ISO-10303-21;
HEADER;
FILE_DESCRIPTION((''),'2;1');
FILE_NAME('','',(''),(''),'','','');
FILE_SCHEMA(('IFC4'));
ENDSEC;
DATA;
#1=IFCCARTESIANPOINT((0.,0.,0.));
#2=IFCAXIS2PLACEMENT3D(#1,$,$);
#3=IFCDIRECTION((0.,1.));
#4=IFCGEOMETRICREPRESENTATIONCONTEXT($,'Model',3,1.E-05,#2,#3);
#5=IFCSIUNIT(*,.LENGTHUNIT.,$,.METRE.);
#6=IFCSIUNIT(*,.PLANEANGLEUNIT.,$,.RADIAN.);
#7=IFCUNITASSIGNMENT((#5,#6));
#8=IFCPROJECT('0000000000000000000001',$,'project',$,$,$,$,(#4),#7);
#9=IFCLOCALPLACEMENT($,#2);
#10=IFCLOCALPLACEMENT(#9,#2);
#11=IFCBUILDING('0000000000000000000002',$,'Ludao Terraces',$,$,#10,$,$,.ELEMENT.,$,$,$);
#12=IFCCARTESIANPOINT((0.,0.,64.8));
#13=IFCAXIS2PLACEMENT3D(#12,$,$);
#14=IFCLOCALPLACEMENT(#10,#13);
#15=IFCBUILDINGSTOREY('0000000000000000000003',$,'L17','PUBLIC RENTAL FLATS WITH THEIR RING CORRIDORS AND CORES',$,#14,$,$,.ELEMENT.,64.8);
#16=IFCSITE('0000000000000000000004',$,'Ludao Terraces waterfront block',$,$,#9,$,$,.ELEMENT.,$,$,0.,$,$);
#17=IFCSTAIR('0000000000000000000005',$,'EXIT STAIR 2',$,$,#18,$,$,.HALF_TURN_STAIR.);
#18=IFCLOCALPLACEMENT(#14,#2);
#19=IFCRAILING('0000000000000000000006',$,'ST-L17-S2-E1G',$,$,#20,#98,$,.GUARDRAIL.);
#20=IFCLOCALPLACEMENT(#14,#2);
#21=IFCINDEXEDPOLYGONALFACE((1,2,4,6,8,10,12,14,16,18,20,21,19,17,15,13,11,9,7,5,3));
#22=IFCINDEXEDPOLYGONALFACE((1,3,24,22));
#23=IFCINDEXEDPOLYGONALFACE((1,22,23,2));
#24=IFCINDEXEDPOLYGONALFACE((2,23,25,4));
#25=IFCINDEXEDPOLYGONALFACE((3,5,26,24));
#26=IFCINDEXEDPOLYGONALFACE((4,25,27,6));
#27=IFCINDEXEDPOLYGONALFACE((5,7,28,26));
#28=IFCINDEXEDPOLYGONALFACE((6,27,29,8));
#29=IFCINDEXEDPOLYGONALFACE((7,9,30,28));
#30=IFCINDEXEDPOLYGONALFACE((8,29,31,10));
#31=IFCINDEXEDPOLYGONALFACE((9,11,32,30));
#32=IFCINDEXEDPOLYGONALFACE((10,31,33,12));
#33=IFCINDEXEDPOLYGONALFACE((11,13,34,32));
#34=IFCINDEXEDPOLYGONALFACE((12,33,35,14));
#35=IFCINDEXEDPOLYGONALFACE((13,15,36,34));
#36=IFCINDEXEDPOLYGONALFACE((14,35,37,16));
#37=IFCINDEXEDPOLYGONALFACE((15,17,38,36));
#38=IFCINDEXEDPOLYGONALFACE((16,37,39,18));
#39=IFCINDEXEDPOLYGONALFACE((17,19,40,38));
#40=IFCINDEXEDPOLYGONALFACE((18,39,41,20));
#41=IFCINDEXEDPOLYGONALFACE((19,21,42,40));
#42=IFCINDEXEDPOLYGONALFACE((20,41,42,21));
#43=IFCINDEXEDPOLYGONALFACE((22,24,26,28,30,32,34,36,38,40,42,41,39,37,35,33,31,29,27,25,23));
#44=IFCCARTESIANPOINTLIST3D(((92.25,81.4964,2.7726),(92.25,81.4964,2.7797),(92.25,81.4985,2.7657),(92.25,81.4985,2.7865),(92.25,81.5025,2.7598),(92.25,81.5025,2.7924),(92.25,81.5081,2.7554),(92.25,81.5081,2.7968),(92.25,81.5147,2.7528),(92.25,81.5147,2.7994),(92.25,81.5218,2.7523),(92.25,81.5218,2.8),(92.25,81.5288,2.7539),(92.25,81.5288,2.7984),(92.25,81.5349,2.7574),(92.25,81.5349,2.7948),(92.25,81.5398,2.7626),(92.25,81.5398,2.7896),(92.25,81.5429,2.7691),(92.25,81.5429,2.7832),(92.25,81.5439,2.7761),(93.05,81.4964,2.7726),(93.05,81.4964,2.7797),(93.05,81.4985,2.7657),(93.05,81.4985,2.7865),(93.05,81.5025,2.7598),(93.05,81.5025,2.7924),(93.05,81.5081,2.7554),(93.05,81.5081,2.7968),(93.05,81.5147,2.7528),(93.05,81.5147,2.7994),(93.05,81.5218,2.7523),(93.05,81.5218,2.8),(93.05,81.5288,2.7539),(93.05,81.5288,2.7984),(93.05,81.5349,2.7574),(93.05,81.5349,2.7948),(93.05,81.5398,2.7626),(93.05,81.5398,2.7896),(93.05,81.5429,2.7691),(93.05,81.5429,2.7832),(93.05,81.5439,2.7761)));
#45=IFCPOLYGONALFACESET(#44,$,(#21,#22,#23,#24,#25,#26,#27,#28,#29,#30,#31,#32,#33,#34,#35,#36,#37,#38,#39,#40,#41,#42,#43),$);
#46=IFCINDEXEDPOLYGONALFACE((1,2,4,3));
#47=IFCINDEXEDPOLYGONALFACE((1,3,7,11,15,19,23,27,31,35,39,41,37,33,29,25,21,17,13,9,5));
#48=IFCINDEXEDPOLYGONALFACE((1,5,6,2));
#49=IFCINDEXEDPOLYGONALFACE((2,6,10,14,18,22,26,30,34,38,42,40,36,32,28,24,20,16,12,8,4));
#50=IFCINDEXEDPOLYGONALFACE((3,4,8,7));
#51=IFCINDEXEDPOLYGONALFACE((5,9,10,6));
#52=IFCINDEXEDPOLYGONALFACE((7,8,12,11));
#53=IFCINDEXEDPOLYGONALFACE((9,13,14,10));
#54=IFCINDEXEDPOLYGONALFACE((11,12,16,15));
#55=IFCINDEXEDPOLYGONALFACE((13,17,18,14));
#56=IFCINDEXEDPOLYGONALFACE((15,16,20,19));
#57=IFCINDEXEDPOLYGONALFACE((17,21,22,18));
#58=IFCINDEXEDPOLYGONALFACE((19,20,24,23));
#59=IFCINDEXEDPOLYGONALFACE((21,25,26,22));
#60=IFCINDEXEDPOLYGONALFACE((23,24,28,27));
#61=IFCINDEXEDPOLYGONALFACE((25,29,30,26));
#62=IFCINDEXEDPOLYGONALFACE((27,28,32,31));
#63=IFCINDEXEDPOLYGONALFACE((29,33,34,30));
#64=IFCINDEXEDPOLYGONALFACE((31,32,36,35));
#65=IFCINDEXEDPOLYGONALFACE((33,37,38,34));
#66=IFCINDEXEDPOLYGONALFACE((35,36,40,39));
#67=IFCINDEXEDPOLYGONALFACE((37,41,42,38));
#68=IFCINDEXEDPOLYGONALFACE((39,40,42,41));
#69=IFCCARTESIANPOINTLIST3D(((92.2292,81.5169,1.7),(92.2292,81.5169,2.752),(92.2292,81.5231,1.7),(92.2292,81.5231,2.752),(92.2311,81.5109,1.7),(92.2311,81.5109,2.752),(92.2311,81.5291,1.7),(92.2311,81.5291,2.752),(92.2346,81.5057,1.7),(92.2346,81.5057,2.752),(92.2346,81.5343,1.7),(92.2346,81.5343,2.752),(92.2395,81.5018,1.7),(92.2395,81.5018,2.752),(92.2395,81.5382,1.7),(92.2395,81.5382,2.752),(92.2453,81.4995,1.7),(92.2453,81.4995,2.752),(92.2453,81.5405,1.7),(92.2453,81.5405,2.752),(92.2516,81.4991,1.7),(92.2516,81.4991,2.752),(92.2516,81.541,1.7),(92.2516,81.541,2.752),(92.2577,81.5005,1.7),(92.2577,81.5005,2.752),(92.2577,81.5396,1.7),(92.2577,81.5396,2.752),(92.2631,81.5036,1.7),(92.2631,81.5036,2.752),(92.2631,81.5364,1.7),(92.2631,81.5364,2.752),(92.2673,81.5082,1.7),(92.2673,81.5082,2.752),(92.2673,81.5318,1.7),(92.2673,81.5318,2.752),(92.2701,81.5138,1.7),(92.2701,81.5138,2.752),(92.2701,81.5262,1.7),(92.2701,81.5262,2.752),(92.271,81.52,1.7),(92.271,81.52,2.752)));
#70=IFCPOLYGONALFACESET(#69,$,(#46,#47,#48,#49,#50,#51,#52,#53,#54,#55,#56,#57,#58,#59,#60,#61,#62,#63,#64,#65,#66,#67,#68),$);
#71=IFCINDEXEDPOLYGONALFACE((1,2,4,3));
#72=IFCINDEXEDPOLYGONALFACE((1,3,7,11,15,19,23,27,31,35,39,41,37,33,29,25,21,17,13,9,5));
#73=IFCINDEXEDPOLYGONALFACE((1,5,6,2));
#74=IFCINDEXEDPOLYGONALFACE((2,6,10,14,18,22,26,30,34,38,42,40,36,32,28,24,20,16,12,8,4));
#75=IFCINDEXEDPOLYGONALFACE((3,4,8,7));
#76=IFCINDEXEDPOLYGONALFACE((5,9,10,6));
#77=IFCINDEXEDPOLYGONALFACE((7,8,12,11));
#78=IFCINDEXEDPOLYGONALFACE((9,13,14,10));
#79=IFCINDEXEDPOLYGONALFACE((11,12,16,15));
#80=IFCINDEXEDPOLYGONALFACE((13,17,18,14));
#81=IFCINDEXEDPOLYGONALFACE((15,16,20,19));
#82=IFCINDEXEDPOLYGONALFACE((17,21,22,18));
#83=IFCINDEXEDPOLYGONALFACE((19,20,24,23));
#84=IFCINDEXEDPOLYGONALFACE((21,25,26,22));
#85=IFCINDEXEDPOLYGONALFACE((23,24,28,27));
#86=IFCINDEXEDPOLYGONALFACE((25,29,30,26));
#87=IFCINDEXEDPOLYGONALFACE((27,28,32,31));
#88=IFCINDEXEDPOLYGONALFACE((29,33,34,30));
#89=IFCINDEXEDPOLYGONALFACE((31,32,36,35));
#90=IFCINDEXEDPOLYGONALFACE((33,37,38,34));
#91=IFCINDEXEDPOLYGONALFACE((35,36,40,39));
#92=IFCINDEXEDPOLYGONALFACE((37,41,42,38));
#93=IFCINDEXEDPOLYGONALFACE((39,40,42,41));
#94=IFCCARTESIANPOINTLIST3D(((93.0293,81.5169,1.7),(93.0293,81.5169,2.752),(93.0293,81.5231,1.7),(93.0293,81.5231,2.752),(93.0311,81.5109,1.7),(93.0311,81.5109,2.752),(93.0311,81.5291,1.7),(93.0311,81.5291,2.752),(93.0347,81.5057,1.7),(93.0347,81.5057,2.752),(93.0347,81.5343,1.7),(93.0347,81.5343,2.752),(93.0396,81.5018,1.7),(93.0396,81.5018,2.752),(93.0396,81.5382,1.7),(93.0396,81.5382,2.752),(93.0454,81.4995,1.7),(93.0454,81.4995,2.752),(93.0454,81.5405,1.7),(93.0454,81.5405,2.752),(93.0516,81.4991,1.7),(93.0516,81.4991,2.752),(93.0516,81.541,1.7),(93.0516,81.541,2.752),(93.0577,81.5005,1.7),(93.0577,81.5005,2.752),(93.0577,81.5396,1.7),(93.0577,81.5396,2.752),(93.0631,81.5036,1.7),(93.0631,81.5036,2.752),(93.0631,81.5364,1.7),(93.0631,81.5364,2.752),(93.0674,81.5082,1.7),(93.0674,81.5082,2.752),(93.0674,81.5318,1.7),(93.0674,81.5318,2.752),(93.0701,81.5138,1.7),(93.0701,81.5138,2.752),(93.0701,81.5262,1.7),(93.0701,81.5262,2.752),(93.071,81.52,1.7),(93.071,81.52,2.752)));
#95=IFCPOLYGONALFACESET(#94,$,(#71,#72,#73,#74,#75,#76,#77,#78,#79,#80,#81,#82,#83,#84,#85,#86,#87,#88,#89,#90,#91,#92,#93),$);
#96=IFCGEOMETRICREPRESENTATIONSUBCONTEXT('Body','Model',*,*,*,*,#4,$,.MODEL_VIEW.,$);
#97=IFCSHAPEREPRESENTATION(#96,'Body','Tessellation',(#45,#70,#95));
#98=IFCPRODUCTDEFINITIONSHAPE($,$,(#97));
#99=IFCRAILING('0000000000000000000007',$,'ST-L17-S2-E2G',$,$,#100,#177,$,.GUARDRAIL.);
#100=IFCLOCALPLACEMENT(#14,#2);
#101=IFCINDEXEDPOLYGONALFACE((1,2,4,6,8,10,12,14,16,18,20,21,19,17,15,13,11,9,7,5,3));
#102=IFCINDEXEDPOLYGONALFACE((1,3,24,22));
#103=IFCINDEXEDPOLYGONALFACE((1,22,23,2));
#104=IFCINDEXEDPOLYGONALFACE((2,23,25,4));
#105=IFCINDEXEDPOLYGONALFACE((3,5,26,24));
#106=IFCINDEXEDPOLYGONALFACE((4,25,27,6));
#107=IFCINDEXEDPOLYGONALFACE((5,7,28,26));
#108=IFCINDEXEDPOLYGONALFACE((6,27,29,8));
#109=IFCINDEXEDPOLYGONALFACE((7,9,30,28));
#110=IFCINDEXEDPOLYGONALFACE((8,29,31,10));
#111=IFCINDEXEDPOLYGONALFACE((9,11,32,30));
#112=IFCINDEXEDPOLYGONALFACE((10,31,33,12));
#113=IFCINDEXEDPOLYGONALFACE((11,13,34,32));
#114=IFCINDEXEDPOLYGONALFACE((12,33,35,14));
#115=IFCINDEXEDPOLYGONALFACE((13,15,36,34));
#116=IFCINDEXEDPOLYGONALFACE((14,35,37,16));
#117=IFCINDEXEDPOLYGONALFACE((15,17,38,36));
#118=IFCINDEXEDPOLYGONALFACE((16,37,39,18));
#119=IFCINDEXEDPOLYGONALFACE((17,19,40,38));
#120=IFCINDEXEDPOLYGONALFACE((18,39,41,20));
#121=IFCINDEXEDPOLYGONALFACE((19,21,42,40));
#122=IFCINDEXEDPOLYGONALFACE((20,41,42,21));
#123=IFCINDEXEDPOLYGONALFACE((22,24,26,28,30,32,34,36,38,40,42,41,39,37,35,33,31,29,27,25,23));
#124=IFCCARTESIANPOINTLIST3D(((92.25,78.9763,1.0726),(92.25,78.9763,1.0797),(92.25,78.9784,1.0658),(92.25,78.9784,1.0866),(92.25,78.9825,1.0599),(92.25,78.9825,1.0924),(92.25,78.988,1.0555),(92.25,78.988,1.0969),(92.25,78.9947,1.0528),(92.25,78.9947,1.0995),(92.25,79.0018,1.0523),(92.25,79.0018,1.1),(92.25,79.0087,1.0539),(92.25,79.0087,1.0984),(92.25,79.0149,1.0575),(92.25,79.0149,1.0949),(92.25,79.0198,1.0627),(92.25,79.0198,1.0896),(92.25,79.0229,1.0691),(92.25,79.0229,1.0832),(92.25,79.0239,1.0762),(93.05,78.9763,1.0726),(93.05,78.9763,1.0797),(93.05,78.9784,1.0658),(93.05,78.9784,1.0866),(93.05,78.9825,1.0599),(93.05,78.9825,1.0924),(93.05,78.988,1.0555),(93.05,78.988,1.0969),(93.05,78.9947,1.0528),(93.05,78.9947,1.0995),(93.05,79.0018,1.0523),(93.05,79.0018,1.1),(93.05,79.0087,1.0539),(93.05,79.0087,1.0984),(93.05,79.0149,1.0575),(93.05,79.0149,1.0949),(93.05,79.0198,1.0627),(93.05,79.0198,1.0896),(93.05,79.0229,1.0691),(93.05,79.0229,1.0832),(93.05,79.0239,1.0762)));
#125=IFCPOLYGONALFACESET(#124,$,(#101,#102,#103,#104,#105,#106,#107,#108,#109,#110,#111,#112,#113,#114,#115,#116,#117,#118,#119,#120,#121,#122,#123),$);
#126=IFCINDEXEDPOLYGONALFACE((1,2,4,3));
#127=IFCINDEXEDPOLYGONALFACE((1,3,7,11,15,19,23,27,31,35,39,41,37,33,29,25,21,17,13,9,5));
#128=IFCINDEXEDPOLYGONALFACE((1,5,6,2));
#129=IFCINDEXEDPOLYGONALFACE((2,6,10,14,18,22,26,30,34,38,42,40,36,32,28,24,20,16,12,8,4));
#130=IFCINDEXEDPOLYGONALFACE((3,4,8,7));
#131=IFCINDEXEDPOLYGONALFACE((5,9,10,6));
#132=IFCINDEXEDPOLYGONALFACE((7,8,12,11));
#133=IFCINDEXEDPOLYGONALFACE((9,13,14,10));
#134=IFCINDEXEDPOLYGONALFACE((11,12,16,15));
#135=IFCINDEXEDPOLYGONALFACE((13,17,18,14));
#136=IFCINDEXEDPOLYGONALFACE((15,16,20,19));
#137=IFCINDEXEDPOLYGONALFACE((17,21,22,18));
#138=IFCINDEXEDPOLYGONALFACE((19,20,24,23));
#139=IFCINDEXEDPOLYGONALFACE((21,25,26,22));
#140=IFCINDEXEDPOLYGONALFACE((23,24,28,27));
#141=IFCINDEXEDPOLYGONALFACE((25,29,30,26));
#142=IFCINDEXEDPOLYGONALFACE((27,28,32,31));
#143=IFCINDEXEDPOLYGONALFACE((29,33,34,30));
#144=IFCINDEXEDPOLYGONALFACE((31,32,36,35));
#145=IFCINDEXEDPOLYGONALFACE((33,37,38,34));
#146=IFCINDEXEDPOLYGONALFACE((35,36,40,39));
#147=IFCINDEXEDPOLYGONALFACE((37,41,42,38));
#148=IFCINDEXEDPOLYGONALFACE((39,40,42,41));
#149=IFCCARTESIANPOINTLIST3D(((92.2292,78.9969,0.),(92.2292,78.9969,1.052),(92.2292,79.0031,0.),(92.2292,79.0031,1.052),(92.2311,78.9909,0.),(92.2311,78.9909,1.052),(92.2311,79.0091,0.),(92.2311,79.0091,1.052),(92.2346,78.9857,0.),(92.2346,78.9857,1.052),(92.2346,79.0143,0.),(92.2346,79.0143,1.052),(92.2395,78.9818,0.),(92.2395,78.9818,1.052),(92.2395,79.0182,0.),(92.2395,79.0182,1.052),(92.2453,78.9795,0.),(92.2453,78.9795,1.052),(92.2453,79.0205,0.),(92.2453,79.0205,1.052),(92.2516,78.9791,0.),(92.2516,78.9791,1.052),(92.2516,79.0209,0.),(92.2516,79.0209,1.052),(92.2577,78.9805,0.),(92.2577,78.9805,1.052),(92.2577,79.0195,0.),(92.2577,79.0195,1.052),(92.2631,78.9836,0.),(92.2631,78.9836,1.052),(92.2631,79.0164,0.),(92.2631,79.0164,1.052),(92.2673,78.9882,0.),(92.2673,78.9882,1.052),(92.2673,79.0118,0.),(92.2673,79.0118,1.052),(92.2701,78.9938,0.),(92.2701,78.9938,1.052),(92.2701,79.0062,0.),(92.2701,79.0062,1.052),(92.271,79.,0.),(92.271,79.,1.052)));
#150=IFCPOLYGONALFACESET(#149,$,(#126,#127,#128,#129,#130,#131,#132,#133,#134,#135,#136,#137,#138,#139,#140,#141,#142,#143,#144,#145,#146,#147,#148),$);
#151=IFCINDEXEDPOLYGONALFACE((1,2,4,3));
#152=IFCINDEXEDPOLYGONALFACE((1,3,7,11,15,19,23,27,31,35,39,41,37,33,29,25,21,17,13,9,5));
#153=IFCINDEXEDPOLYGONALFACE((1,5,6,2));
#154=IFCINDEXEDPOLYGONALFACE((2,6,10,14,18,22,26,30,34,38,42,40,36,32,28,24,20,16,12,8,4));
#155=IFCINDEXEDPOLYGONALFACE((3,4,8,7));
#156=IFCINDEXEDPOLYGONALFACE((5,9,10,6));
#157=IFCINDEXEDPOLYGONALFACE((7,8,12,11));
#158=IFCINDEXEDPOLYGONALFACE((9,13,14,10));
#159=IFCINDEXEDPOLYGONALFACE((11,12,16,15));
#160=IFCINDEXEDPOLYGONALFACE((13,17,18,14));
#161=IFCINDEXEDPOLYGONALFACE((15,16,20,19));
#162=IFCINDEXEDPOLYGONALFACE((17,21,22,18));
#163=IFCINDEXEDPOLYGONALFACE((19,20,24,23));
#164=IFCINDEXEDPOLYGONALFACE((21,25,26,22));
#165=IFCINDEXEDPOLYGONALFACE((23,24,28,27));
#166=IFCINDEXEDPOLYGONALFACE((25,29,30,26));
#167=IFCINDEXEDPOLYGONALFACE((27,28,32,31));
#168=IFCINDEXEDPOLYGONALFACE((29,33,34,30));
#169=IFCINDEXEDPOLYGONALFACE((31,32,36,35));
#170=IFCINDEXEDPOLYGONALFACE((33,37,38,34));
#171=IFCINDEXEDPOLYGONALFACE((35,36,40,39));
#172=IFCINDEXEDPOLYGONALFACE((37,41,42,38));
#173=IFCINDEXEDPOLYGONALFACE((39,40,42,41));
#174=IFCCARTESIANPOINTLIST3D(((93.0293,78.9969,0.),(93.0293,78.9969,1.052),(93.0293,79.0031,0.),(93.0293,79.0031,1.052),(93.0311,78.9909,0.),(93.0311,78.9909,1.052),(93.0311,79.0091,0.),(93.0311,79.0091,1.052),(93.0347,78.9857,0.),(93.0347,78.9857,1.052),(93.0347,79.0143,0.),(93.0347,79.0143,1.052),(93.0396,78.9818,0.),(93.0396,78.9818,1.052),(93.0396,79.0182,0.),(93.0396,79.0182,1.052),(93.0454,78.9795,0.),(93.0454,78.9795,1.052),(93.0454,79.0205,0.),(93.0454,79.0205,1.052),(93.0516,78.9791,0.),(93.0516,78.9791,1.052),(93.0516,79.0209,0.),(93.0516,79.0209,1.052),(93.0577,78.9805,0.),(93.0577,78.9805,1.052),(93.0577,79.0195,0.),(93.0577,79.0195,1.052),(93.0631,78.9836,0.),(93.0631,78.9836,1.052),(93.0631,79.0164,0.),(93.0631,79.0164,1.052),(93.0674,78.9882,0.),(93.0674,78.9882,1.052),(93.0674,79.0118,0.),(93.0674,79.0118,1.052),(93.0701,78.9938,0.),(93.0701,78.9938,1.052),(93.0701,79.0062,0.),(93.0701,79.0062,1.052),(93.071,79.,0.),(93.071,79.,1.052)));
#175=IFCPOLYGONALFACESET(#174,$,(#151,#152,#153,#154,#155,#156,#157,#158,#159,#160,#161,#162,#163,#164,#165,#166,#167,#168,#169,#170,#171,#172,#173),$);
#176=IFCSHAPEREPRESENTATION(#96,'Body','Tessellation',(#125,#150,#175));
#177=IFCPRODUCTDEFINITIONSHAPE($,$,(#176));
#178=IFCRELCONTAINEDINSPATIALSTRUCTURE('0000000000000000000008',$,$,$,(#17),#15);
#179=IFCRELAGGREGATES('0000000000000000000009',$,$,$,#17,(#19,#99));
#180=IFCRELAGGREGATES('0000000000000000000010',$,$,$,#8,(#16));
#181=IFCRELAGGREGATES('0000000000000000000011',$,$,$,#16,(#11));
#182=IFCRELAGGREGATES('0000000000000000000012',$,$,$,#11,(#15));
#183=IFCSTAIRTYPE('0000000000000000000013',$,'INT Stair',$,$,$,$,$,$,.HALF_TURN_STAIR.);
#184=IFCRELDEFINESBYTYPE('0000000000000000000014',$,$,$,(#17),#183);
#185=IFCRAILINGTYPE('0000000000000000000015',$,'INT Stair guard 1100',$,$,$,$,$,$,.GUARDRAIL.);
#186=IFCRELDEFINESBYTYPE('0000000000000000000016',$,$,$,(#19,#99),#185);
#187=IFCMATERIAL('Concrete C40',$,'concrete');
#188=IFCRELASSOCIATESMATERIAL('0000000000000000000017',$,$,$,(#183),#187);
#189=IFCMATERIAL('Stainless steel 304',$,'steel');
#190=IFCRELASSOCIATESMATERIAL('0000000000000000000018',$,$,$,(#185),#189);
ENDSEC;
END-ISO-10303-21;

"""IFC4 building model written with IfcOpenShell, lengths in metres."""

from ifc_helpers import new_model, si_unit, direction, frame, origin, origin_2d, place, context, subcontext, project, spatial, circle, extrude, material, type_object, element, aggregate, save


model = new_model("IFC4")

# Units and contexts
model_context = context("Model", 3, precision=1e-05, world=origin(), true_north=direction((0.0, 1.0)))
body_context = subcontext(model_context, "Body", "Model", "MODEL_VIEW")
ifc_project = project(units=[si_unit("LENGTHUNIT", "METRE"), si_unit("PLANEANGLEUNIT", "RADIAN")], contexts=[model_context])

# Site, building, storey
site_placement = place(None, origin())
site = spatial("IfcSite", under=ifc_project, at=site_placement, Name="Ludao Terraces waterfront block", CompositionType="ELEMENT", RefElevation=0.0)
building_placement = place(site_placement, origin())
building = spatial("IfcBuilding", under=site, at=building_placement, Name="Ludao Terraces", CompositionType="ELEMENT")
storey_placement = place(building_placement, frame((0.0, 0.0, 64.8)))
storey = spatial("IfcBuildingStorey", under=building, at=storey_placement, Name="L17", Description="PUBLIC RENTAL FLATS WITH THEIR RING CORRIDORS AND CORES", CompositionType="ELEMENT", Elevation=64.8)

# Shared definitions
ifc_material_1 = material(Name="Concrete C40", Category="concrete")

# Shared definitions
ifc_material_2 = material(Name="Stainless steel 304", Category="steel")

# Stair, railings
stair_type = type_object("IfcStairType", Name="INT Stair", PredefinedType="HALF_TURN_STAIR", material=ifc_material_1)
stair_placement = place(storey_placement, origin())
stair = element("IfcStair", 1, at=stair_placement, inside=storey, type_object=stair_type, Name="EXIT STAIR 2", PredefinedType="HALF_TURN_STAIR")
railing_type_1 = type_object("IfcRailingType", Name="INT Stair guard 1100", PredefinedType="GUARDRAIL", material=ifc_material_2)
railing_1_placement = place(storey_placement, frame((92.25, 81.52, 1.7)))
railing_1 = element("IfcRailing", 2, at=railing_1_placement, type_object=railing_type_1, Name="ST-L17-S2-E1G", PredefinedType="GUARDRAIL", context=body_context, shape_type="SweptSolid", body=[
    extrude(circle(Radius=0.0239, at=origin_2d()), frame((0.0, 0.0, 1.0762), z_axis=(1.0, 0.0, 0.0), x_axis=(0.0, 1.0, 0.0)), (0.0, 0.0, 1.0), 0.8),
    extrude(circle(Radius=0.021, at=origin_2d()), origin(), (0.0, 0.0, 1.0), 1.052),
    extrude(circle(Radius=0.021, at=origin_2d()), frame((0.8, 0.0, 0.0)), (0.0, 0.0, 1.0), 1.052),
])
railing_2_placement = place(storey_placement, frame((92.25, 79.0, 0.0)))
railing_2 = element("IfcRailing", 3, at=railing_2_placement, type_object=railing_type_1, Name="ST-L17-S2-E2G", PredefinedType="GUARDRAIL", context=body_context, shape_type="SweptSolid", body=[
    extrude(circle(Radius=0.0239, at=origin_2d()), frame((0.0, 0.0, 1.0762), z_axis=(1.0, 0.0, 0.0), x_axis=(0.0, 1.0, 0.0)), (0.0, 0.0, 1.0), 0.8),
    extrude(circle(Radius=0.021, at=origin_2d()), origin(), (0.0, 0.0, 1.0), 1.052),
    extrude(circle(Radius=0.021, at=origin_2d()), frame((0.8, 0.0, 0.0)), (0.0, 0.0, 1.0), 1.052),
])
aggregate(stair, [railing_1, railing_2])

save(model, "model.ifc")
